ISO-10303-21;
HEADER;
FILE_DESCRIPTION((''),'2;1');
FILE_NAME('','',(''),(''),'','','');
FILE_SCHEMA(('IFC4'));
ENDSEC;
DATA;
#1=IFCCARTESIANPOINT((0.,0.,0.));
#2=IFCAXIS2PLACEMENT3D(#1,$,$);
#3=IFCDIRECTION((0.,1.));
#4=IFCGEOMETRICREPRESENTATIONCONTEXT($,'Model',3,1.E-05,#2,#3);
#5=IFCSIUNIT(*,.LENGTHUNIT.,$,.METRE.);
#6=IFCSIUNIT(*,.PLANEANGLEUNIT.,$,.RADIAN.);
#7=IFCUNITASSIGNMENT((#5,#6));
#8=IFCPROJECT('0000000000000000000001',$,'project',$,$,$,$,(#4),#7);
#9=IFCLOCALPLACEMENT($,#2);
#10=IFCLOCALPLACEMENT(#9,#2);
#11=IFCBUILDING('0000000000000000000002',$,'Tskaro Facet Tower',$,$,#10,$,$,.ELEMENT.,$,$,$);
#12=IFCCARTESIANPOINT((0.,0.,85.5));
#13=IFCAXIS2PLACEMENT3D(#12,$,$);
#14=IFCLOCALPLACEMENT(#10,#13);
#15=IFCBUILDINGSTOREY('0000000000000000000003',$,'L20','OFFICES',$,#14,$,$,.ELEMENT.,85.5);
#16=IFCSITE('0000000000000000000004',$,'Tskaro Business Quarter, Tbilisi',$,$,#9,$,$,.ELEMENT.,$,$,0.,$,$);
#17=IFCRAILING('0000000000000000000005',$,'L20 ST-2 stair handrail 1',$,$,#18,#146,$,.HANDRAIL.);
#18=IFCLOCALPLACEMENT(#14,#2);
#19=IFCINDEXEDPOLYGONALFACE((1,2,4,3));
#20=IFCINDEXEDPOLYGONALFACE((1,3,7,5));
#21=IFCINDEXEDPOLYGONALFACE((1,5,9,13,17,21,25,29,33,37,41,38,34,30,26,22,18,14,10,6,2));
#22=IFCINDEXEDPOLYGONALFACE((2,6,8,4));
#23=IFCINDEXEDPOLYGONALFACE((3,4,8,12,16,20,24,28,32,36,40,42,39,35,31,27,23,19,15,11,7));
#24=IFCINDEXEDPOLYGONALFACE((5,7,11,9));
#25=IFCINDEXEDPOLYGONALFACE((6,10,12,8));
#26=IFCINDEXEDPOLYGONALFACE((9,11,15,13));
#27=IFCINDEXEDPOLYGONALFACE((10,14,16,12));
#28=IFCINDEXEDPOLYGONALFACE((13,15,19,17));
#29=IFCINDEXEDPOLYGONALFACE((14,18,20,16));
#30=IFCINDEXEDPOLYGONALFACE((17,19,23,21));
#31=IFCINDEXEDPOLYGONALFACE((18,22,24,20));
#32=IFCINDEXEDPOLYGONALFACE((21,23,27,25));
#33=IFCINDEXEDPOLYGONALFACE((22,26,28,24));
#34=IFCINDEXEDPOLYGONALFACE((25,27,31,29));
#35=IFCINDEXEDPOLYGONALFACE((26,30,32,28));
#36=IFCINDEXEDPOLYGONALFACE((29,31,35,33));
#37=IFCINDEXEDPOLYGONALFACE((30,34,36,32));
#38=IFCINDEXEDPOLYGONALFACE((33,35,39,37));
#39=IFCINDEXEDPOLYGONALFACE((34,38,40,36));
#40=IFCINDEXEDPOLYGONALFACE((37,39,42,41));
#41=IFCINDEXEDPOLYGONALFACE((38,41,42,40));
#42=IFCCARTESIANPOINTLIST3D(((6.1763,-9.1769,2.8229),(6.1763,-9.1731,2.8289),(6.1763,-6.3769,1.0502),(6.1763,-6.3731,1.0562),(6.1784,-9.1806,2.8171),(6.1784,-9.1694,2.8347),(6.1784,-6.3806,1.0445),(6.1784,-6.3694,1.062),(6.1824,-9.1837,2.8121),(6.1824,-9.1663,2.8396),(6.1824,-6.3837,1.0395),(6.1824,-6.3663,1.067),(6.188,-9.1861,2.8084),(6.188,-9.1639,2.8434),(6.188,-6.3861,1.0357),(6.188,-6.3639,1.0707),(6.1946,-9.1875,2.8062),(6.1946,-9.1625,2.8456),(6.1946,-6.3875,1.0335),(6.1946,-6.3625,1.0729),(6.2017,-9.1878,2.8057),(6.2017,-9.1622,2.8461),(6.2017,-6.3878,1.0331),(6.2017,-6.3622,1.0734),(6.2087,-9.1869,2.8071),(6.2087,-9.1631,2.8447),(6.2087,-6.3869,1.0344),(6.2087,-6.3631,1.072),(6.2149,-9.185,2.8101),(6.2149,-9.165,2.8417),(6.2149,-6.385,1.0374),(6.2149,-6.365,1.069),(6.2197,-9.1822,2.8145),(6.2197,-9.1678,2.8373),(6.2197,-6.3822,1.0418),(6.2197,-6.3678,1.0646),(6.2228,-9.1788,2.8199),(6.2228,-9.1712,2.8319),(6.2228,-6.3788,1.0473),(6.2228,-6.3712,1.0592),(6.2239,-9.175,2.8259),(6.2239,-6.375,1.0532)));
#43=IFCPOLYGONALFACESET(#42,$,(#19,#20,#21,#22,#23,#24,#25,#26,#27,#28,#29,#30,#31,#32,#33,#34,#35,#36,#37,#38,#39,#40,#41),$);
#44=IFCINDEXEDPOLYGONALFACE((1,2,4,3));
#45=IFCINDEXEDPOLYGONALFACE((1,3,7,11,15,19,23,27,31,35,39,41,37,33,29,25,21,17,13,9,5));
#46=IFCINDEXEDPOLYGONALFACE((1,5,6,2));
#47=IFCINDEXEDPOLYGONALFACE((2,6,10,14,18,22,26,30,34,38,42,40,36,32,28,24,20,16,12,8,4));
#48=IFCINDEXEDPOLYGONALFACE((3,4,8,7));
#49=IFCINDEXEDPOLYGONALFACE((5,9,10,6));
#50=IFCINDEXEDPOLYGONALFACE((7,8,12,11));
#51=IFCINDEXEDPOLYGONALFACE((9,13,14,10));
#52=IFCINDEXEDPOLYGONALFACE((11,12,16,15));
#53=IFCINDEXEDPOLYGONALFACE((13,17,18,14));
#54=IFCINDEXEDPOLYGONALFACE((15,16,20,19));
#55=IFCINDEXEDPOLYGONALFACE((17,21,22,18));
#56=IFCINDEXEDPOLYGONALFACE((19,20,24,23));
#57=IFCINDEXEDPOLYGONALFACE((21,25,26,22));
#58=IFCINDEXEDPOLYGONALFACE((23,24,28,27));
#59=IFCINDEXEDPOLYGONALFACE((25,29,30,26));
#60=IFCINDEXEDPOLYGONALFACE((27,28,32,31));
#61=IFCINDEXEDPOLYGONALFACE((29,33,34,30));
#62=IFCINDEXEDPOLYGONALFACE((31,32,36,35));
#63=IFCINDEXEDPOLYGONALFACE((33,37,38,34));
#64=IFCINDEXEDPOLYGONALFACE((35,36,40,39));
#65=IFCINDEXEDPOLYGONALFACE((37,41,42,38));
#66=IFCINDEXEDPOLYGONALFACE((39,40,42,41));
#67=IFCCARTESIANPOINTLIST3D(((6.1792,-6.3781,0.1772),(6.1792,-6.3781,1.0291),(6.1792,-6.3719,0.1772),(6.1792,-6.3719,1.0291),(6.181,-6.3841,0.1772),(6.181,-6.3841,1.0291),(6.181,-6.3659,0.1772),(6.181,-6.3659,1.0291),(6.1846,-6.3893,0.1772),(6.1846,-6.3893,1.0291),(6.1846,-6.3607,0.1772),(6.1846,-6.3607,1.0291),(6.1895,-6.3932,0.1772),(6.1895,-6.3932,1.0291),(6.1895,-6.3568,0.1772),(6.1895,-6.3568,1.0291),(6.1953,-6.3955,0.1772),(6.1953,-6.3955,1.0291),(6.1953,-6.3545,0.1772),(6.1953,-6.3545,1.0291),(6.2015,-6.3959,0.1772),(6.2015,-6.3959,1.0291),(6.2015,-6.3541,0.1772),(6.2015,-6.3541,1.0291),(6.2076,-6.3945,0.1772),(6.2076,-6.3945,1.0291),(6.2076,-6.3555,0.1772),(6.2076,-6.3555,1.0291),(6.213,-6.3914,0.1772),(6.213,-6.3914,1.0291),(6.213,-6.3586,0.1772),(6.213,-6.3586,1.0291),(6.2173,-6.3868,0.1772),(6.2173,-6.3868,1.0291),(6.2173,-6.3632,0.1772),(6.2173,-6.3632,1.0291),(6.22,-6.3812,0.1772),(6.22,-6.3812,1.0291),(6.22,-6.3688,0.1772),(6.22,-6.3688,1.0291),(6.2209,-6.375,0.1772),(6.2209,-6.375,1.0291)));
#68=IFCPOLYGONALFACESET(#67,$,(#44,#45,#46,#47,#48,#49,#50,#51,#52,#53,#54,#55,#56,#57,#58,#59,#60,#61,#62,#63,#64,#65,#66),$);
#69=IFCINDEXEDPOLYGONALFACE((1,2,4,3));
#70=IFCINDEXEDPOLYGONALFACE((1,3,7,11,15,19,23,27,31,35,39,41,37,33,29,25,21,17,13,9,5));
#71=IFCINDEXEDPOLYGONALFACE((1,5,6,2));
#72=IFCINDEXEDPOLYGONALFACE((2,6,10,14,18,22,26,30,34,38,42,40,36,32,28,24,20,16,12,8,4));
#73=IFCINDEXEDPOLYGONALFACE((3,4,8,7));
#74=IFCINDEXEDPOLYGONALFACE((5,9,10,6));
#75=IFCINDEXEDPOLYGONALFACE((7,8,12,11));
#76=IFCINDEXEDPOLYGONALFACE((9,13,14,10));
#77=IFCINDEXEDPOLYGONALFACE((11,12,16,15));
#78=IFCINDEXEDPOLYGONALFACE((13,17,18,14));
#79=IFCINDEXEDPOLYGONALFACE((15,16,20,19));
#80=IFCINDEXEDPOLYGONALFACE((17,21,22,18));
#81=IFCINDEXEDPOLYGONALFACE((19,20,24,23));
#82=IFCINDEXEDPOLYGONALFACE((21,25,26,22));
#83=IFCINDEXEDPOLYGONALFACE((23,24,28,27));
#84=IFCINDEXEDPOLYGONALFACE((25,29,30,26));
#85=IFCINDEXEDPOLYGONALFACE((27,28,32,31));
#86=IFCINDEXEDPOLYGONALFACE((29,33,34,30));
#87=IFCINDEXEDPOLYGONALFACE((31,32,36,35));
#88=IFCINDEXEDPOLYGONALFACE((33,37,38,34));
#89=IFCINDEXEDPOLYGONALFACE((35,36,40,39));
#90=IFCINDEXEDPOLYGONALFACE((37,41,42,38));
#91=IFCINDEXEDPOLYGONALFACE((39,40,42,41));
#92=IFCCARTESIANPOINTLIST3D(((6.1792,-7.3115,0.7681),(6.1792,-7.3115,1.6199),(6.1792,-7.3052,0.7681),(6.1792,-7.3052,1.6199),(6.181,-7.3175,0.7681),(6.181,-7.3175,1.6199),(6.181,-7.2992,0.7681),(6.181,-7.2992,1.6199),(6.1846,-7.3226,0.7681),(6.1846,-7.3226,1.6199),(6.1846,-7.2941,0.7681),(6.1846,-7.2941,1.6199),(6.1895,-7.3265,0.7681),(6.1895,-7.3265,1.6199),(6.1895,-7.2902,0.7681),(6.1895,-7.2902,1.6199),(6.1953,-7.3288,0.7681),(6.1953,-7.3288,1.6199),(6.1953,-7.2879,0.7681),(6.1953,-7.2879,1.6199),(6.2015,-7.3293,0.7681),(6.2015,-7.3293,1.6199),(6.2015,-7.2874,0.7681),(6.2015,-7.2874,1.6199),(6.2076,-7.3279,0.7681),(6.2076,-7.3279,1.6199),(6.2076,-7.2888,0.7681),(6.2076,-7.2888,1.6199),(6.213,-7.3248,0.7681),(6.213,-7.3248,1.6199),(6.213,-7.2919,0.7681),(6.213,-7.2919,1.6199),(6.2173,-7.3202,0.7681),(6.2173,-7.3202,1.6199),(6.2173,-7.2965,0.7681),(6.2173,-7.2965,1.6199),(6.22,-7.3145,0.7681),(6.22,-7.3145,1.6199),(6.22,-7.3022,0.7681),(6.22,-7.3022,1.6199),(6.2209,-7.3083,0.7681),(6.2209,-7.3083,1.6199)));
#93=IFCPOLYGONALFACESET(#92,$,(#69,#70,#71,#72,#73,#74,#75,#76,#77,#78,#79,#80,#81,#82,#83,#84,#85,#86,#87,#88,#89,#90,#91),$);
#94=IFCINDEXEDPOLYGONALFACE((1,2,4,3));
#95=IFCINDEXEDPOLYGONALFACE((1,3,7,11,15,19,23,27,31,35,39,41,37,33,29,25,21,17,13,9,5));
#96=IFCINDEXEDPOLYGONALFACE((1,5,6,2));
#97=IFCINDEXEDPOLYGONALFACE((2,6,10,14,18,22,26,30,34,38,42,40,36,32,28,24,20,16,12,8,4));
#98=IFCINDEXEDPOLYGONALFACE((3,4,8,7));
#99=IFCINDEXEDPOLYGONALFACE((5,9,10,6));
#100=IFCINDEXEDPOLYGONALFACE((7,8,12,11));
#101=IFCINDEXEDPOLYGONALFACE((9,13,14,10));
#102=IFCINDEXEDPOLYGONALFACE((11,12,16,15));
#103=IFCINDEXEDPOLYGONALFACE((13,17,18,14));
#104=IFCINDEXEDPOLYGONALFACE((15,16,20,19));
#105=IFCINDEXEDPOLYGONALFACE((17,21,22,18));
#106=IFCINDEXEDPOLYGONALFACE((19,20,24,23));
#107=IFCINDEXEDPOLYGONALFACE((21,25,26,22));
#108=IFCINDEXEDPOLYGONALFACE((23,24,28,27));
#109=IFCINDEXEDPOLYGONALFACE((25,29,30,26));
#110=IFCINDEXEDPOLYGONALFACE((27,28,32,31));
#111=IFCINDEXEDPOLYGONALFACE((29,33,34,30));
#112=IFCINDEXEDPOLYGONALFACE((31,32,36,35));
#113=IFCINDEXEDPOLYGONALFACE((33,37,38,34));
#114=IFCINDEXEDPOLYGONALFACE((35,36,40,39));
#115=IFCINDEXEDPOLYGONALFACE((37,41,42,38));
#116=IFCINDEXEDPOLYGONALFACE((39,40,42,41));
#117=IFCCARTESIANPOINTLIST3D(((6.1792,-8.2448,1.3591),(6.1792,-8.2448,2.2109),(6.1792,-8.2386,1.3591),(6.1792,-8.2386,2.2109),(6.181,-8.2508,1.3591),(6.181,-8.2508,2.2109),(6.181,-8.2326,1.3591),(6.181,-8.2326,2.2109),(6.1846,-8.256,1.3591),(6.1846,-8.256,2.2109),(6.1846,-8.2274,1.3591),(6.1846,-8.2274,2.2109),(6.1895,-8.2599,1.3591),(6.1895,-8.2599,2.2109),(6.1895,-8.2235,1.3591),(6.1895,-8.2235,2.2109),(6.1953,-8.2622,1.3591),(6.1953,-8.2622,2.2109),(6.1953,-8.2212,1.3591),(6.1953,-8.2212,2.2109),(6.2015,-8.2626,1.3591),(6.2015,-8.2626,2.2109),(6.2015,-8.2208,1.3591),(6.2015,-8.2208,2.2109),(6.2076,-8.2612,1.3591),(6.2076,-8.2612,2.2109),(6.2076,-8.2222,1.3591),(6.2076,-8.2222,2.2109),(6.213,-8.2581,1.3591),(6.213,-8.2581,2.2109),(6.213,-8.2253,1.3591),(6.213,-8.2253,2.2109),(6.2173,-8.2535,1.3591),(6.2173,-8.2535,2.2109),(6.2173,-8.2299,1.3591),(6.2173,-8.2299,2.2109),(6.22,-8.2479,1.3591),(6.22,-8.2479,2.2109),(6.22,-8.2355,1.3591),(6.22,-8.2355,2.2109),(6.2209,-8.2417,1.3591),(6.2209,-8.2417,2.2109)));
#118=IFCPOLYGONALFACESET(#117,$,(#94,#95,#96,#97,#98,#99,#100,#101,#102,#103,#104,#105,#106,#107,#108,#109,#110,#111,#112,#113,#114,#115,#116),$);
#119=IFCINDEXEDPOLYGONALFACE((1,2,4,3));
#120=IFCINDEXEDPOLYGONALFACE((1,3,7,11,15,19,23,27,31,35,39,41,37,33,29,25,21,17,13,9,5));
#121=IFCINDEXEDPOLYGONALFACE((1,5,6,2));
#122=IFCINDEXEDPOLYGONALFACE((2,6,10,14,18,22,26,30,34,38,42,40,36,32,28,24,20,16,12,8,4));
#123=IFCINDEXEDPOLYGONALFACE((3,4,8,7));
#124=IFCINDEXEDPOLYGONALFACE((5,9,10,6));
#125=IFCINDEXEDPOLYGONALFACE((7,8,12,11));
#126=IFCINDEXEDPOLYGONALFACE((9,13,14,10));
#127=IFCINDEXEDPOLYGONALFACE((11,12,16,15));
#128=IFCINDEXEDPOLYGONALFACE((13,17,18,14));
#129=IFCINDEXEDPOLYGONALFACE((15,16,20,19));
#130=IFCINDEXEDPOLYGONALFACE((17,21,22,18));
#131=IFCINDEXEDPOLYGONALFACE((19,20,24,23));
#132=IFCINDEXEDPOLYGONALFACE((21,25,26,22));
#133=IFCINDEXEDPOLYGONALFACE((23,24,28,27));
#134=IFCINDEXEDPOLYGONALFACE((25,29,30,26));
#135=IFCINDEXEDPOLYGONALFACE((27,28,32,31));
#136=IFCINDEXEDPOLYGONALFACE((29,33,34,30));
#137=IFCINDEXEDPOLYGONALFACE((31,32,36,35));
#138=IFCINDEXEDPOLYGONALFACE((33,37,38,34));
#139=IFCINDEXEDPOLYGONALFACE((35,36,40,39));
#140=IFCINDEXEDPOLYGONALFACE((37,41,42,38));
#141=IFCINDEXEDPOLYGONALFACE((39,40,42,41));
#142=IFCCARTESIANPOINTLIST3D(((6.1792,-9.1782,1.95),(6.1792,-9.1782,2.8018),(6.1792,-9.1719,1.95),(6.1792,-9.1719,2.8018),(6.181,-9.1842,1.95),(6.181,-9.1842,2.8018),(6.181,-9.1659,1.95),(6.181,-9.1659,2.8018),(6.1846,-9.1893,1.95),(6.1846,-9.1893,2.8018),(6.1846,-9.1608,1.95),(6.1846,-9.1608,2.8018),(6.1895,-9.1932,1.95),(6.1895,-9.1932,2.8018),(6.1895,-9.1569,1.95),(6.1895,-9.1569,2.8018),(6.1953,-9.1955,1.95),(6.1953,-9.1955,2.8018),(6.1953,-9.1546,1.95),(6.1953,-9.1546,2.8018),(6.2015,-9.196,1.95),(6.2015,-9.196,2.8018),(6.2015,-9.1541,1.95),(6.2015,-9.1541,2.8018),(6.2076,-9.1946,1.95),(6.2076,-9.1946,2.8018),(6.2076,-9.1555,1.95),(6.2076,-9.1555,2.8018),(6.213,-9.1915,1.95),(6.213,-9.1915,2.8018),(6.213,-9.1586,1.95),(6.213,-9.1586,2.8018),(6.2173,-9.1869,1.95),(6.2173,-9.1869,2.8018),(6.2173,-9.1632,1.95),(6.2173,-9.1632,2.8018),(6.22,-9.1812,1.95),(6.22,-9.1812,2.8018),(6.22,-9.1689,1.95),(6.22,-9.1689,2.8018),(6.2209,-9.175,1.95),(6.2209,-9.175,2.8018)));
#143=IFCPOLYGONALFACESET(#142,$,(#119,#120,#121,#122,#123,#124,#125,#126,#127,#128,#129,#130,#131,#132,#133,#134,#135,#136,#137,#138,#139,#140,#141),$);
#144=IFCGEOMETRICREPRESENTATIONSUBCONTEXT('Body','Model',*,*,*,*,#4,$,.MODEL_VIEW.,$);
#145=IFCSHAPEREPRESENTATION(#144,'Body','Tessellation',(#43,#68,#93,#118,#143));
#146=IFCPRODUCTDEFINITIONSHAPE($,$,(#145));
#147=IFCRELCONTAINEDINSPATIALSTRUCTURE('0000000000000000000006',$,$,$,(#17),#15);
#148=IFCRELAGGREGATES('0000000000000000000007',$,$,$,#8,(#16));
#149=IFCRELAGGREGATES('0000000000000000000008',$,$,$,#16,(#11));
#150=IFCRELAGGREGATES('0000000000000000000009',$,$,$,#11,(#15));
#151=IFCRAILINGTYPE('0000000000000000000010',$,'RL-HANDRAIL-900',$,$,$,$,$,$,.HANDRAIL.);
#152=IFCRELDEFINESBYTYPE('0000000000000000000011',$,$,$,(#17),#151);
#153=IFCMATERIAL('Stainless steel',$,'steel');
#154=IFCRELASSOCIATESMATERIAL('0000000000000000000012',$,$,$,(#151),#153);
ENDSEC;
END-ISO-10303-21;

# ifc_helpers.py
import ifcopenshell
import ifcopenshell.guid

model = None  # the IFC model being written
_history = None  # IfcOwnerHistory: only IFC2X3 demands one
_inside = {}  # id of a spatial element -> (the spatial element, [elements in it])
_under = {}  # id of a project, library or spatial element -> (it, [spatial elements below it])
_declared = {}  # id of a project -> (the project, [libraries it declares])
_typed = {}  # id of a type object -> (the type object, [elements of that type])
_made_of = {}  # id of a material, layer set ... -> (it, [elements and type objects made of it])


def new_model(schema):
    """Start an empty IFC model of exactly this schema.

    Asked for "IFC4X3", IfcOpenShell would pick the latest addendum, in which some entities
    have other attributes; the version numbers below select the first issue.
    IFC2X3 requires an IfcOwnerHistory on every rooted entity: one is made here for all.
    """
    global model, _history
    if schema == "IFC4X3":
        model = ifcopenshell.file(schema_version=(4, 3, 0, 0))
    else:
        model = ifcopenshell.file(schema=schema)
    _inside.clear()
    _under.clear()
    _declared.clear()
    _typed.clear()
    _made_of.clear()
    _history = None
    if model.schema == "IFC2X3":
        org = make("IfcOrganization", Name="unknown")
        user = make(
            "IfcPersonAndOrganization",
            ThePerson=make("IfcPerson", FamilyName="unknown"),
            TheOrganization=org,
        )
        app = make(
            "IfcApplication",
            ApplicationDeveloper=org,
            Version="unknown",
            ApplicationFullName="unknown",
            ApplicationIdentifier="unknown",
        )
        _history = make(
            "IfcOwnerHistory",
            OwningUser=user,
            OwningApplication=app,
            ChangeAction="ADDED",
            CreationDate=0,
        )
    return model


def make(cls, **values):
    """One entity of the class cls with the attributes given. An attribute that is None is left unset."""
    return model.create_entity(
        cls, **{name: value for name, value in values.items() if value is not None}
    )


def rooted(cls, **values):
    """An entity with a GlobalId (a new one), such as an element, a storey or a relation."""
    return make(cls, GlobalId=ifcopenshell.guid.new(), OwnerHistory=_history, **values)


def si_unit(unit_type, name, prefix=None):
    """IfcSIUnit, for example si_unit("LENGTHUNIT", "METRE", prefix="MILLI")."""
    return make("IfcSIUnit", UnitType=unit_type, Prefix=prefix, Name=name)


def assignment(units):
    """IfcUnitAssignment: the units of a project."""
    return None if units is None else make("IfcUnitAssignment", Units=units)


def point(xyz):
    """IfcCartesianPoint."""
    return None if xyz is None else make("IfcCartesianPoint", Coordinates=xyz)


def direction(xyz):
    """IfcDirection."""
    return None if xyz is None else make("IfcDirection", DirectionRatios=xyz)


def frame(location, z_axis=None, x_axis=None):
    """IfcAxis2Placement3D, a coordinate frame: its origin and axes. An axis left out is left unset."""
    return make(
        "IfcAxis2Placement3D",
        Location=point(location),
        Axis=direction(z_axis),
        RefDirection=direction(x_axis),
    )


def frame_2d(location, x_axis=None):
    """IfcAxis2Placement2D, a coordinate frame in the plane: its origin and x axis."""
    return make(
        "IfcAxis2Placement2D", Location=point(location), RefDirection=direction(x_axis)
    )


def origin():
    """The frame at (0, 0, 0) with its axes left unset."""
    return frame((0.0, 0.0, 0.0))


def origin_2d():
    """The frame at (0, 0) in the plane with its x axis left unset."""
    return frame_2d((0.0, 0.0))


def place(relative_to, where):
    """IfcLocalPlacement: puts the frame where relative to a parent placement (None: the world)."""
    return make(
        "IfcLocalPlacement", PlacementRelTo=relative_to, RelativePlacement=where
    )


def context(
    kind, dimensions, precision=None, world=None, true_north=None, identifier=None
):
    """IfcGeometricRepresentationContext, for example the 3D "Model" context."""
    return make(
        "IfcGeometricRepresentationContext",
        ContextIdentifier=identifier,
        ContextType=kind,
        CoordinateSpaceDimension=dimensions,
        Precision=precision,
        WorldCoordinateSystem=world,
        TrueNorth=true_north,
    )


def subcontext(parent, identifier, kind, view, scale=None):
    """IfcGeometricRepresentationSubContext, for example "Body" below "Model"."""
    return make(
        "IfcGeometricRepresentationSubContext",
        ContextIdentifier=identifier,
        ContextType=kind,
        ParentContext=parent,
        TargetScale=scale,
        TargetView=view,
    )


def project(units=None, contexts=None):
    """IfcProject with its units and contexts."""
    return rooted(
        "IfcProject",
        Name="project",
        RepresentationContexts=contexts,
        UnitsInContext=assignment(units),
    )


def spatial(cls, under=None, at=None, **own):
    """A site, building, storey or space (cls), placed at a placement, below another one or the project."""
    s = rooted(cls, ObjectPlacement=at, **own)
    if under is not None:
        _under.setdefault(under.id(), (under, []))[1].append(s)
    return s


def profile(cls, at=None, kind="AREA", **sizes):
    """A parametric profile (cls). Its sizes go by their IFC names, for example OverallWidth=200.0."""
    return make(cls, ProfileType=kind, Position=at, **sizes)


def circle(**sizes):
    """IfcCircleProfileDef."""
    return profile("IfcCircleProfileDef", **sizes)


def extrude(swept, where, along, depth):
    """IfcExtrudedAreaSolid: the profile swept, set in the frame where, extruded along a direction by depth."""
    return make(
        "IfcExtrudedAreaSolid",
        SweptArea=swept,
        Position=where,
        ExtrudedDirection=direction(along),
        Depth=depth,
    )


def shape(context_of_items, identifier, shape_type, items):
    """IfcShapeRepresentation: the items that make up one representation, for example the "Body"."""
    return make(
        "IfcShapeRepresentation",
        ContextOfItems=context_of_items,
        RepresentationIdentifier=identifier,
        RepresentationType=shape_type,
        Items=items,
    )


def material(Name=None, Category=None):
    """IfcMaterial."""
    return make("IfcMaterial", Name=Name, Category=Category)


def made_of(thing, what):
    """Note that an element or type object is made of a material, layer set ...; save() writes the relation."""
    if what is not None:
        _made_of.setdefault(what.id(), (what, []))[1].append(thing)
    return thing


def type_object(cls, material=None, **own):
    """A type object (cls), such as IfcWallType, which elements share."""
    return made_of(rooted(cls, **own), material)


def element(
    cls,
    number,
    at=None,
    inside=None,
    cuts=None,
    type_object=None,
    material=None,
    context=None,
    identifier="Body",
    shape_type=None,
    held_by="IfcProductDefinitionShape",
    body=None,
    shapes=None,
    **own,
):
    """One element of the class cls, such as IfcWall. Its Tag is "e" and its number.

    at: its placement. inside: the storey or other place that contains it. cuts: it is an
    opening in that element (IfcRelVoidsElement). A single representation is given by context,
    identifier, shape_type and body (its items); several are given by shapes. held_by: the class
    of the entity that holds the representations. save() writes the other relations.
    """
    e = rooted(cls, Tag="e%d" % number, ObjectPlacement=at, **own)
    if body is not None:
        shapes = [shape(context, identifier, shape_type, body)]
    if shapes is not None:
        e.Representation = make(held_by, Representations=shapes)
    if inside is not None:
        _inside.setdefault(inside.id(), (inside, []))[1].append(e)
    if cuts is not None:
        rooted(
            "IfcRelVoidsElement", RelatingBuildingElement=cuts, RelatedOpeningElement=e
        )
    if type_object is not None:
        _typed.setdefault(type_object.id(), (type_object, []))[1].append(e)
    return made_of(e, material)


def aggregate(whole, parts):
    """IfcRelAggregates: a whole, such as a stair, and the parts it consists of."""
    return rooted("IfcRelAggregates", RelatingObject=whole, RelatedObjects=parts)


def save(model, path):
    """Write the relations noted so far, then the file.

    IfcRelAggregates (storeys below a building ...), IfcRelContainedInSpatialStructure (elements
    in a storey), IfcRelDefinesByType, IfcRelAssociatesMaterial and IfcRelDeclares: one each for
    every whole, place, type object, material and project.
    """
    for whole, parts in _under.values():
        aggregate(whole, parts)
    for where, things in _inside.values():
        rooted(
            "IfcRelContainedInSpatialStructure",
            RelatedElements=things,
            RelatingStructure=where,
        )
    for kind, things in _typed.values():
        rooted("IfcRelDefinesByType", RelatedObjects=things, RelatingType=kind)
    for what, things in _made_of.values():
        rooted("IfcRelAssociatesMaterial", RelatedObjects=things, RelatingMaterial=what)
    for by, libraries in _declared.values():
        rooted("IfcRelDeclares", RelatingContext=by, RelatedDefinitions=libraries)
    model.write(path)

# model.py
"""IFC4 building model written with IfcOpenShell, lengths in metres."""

from ifc_helpers import new_model, si_unit, direction, frame, origin, origin_2d, place, context, subcontext, project, spatial, circle, extrude, material, type_object, element, save


model = new_model("IFC4")

# Units and contexts
model_context = context("Model", 3, precision=1e-05, world=origin(), true_north=direction((0.0, 1.0)))
body_context = subcontext(model_context, "Body", "Model", "MODEL_VIEW")
ifc_project = project(units=[si_unit("LENGTHUNIT", "METRE"), si_unit("PLANEANGLEUNIT", "RADIAN")], contexts=[model_context])

# Site, building, storey
site_placement = place(None, origin())
site = spatial("IfcSite", under=ifc_project, at=site_placement, Name="Tskaro Business Quarter, Tbilisi", CompositionType="ELEMENT", RefElevation=0.0)
building_placement = place(site_placement, origin())
building = spatial("IfcBuilding", under=site, at=building_placement, Name="Tskaro Facet Tower", CompositionType="ELEMENT")
storey_placement = place(building_placement, frame((0.0, 0.0, 85.5)))
storey = spatial("IfcBuildingStorey", under=building, at=storey_placement, Name="L20", Description="OFFICES", CompositionType="ELEMENT", Elevation=85.5)

# Railing
ifc_material_1 = material(Name="Stainless steel", Category="steel")
railing_type_1 = type_object("IfcRailingType", Name="RL-HANDRAIL-900", PredefinedType="HANDRAIL", material=ifc_material_1)
railing_1_placement = place(storey_placement, frame((6.2, -6.375, 0.1772)))
element("IfcRailing", 1, at=railing_1_placement, inside=storey, type_object=railing_type_1, Name="L20 ST-2 stair handrail 1", PredefinedType="HANDRAIL", context=body_context, shape_type="SweptSolid", body=[
    extrude(circle(Radius=0.0239, at=origin_2d()), frame((0.0, 0.0, 0.876), z_axis=(0.0, -0.844909, 0.53491), x_axis=(1.0, 0.0, 0.0)), (0.0, 0.0, 1.0), 3.314),
    extrude(circle(Radius=0.021, at=origin_2d()), origin(), (0.0, 0.0, 1.0), 0.8518),
    extrude(circle(Radius=0.021, at=origin_2d()), frame((0.0, -0.9333, 0.5908)), (0.0, 0.0, 1.0), 0.8518),
    extrude(circle(Radius=0.021, at=origin_2d()), frame((0.0, -1.8667, 1.1819)), (0.0, 0.0, 1.0), 0.8518),
    extrude(circle(Radius=0.021, at=origin_2d()), frame((0.0, -2.8, 1.7727)), (0.0, 0.0, 1.0), 0.8518),
])

save(model, "model.ifc")
